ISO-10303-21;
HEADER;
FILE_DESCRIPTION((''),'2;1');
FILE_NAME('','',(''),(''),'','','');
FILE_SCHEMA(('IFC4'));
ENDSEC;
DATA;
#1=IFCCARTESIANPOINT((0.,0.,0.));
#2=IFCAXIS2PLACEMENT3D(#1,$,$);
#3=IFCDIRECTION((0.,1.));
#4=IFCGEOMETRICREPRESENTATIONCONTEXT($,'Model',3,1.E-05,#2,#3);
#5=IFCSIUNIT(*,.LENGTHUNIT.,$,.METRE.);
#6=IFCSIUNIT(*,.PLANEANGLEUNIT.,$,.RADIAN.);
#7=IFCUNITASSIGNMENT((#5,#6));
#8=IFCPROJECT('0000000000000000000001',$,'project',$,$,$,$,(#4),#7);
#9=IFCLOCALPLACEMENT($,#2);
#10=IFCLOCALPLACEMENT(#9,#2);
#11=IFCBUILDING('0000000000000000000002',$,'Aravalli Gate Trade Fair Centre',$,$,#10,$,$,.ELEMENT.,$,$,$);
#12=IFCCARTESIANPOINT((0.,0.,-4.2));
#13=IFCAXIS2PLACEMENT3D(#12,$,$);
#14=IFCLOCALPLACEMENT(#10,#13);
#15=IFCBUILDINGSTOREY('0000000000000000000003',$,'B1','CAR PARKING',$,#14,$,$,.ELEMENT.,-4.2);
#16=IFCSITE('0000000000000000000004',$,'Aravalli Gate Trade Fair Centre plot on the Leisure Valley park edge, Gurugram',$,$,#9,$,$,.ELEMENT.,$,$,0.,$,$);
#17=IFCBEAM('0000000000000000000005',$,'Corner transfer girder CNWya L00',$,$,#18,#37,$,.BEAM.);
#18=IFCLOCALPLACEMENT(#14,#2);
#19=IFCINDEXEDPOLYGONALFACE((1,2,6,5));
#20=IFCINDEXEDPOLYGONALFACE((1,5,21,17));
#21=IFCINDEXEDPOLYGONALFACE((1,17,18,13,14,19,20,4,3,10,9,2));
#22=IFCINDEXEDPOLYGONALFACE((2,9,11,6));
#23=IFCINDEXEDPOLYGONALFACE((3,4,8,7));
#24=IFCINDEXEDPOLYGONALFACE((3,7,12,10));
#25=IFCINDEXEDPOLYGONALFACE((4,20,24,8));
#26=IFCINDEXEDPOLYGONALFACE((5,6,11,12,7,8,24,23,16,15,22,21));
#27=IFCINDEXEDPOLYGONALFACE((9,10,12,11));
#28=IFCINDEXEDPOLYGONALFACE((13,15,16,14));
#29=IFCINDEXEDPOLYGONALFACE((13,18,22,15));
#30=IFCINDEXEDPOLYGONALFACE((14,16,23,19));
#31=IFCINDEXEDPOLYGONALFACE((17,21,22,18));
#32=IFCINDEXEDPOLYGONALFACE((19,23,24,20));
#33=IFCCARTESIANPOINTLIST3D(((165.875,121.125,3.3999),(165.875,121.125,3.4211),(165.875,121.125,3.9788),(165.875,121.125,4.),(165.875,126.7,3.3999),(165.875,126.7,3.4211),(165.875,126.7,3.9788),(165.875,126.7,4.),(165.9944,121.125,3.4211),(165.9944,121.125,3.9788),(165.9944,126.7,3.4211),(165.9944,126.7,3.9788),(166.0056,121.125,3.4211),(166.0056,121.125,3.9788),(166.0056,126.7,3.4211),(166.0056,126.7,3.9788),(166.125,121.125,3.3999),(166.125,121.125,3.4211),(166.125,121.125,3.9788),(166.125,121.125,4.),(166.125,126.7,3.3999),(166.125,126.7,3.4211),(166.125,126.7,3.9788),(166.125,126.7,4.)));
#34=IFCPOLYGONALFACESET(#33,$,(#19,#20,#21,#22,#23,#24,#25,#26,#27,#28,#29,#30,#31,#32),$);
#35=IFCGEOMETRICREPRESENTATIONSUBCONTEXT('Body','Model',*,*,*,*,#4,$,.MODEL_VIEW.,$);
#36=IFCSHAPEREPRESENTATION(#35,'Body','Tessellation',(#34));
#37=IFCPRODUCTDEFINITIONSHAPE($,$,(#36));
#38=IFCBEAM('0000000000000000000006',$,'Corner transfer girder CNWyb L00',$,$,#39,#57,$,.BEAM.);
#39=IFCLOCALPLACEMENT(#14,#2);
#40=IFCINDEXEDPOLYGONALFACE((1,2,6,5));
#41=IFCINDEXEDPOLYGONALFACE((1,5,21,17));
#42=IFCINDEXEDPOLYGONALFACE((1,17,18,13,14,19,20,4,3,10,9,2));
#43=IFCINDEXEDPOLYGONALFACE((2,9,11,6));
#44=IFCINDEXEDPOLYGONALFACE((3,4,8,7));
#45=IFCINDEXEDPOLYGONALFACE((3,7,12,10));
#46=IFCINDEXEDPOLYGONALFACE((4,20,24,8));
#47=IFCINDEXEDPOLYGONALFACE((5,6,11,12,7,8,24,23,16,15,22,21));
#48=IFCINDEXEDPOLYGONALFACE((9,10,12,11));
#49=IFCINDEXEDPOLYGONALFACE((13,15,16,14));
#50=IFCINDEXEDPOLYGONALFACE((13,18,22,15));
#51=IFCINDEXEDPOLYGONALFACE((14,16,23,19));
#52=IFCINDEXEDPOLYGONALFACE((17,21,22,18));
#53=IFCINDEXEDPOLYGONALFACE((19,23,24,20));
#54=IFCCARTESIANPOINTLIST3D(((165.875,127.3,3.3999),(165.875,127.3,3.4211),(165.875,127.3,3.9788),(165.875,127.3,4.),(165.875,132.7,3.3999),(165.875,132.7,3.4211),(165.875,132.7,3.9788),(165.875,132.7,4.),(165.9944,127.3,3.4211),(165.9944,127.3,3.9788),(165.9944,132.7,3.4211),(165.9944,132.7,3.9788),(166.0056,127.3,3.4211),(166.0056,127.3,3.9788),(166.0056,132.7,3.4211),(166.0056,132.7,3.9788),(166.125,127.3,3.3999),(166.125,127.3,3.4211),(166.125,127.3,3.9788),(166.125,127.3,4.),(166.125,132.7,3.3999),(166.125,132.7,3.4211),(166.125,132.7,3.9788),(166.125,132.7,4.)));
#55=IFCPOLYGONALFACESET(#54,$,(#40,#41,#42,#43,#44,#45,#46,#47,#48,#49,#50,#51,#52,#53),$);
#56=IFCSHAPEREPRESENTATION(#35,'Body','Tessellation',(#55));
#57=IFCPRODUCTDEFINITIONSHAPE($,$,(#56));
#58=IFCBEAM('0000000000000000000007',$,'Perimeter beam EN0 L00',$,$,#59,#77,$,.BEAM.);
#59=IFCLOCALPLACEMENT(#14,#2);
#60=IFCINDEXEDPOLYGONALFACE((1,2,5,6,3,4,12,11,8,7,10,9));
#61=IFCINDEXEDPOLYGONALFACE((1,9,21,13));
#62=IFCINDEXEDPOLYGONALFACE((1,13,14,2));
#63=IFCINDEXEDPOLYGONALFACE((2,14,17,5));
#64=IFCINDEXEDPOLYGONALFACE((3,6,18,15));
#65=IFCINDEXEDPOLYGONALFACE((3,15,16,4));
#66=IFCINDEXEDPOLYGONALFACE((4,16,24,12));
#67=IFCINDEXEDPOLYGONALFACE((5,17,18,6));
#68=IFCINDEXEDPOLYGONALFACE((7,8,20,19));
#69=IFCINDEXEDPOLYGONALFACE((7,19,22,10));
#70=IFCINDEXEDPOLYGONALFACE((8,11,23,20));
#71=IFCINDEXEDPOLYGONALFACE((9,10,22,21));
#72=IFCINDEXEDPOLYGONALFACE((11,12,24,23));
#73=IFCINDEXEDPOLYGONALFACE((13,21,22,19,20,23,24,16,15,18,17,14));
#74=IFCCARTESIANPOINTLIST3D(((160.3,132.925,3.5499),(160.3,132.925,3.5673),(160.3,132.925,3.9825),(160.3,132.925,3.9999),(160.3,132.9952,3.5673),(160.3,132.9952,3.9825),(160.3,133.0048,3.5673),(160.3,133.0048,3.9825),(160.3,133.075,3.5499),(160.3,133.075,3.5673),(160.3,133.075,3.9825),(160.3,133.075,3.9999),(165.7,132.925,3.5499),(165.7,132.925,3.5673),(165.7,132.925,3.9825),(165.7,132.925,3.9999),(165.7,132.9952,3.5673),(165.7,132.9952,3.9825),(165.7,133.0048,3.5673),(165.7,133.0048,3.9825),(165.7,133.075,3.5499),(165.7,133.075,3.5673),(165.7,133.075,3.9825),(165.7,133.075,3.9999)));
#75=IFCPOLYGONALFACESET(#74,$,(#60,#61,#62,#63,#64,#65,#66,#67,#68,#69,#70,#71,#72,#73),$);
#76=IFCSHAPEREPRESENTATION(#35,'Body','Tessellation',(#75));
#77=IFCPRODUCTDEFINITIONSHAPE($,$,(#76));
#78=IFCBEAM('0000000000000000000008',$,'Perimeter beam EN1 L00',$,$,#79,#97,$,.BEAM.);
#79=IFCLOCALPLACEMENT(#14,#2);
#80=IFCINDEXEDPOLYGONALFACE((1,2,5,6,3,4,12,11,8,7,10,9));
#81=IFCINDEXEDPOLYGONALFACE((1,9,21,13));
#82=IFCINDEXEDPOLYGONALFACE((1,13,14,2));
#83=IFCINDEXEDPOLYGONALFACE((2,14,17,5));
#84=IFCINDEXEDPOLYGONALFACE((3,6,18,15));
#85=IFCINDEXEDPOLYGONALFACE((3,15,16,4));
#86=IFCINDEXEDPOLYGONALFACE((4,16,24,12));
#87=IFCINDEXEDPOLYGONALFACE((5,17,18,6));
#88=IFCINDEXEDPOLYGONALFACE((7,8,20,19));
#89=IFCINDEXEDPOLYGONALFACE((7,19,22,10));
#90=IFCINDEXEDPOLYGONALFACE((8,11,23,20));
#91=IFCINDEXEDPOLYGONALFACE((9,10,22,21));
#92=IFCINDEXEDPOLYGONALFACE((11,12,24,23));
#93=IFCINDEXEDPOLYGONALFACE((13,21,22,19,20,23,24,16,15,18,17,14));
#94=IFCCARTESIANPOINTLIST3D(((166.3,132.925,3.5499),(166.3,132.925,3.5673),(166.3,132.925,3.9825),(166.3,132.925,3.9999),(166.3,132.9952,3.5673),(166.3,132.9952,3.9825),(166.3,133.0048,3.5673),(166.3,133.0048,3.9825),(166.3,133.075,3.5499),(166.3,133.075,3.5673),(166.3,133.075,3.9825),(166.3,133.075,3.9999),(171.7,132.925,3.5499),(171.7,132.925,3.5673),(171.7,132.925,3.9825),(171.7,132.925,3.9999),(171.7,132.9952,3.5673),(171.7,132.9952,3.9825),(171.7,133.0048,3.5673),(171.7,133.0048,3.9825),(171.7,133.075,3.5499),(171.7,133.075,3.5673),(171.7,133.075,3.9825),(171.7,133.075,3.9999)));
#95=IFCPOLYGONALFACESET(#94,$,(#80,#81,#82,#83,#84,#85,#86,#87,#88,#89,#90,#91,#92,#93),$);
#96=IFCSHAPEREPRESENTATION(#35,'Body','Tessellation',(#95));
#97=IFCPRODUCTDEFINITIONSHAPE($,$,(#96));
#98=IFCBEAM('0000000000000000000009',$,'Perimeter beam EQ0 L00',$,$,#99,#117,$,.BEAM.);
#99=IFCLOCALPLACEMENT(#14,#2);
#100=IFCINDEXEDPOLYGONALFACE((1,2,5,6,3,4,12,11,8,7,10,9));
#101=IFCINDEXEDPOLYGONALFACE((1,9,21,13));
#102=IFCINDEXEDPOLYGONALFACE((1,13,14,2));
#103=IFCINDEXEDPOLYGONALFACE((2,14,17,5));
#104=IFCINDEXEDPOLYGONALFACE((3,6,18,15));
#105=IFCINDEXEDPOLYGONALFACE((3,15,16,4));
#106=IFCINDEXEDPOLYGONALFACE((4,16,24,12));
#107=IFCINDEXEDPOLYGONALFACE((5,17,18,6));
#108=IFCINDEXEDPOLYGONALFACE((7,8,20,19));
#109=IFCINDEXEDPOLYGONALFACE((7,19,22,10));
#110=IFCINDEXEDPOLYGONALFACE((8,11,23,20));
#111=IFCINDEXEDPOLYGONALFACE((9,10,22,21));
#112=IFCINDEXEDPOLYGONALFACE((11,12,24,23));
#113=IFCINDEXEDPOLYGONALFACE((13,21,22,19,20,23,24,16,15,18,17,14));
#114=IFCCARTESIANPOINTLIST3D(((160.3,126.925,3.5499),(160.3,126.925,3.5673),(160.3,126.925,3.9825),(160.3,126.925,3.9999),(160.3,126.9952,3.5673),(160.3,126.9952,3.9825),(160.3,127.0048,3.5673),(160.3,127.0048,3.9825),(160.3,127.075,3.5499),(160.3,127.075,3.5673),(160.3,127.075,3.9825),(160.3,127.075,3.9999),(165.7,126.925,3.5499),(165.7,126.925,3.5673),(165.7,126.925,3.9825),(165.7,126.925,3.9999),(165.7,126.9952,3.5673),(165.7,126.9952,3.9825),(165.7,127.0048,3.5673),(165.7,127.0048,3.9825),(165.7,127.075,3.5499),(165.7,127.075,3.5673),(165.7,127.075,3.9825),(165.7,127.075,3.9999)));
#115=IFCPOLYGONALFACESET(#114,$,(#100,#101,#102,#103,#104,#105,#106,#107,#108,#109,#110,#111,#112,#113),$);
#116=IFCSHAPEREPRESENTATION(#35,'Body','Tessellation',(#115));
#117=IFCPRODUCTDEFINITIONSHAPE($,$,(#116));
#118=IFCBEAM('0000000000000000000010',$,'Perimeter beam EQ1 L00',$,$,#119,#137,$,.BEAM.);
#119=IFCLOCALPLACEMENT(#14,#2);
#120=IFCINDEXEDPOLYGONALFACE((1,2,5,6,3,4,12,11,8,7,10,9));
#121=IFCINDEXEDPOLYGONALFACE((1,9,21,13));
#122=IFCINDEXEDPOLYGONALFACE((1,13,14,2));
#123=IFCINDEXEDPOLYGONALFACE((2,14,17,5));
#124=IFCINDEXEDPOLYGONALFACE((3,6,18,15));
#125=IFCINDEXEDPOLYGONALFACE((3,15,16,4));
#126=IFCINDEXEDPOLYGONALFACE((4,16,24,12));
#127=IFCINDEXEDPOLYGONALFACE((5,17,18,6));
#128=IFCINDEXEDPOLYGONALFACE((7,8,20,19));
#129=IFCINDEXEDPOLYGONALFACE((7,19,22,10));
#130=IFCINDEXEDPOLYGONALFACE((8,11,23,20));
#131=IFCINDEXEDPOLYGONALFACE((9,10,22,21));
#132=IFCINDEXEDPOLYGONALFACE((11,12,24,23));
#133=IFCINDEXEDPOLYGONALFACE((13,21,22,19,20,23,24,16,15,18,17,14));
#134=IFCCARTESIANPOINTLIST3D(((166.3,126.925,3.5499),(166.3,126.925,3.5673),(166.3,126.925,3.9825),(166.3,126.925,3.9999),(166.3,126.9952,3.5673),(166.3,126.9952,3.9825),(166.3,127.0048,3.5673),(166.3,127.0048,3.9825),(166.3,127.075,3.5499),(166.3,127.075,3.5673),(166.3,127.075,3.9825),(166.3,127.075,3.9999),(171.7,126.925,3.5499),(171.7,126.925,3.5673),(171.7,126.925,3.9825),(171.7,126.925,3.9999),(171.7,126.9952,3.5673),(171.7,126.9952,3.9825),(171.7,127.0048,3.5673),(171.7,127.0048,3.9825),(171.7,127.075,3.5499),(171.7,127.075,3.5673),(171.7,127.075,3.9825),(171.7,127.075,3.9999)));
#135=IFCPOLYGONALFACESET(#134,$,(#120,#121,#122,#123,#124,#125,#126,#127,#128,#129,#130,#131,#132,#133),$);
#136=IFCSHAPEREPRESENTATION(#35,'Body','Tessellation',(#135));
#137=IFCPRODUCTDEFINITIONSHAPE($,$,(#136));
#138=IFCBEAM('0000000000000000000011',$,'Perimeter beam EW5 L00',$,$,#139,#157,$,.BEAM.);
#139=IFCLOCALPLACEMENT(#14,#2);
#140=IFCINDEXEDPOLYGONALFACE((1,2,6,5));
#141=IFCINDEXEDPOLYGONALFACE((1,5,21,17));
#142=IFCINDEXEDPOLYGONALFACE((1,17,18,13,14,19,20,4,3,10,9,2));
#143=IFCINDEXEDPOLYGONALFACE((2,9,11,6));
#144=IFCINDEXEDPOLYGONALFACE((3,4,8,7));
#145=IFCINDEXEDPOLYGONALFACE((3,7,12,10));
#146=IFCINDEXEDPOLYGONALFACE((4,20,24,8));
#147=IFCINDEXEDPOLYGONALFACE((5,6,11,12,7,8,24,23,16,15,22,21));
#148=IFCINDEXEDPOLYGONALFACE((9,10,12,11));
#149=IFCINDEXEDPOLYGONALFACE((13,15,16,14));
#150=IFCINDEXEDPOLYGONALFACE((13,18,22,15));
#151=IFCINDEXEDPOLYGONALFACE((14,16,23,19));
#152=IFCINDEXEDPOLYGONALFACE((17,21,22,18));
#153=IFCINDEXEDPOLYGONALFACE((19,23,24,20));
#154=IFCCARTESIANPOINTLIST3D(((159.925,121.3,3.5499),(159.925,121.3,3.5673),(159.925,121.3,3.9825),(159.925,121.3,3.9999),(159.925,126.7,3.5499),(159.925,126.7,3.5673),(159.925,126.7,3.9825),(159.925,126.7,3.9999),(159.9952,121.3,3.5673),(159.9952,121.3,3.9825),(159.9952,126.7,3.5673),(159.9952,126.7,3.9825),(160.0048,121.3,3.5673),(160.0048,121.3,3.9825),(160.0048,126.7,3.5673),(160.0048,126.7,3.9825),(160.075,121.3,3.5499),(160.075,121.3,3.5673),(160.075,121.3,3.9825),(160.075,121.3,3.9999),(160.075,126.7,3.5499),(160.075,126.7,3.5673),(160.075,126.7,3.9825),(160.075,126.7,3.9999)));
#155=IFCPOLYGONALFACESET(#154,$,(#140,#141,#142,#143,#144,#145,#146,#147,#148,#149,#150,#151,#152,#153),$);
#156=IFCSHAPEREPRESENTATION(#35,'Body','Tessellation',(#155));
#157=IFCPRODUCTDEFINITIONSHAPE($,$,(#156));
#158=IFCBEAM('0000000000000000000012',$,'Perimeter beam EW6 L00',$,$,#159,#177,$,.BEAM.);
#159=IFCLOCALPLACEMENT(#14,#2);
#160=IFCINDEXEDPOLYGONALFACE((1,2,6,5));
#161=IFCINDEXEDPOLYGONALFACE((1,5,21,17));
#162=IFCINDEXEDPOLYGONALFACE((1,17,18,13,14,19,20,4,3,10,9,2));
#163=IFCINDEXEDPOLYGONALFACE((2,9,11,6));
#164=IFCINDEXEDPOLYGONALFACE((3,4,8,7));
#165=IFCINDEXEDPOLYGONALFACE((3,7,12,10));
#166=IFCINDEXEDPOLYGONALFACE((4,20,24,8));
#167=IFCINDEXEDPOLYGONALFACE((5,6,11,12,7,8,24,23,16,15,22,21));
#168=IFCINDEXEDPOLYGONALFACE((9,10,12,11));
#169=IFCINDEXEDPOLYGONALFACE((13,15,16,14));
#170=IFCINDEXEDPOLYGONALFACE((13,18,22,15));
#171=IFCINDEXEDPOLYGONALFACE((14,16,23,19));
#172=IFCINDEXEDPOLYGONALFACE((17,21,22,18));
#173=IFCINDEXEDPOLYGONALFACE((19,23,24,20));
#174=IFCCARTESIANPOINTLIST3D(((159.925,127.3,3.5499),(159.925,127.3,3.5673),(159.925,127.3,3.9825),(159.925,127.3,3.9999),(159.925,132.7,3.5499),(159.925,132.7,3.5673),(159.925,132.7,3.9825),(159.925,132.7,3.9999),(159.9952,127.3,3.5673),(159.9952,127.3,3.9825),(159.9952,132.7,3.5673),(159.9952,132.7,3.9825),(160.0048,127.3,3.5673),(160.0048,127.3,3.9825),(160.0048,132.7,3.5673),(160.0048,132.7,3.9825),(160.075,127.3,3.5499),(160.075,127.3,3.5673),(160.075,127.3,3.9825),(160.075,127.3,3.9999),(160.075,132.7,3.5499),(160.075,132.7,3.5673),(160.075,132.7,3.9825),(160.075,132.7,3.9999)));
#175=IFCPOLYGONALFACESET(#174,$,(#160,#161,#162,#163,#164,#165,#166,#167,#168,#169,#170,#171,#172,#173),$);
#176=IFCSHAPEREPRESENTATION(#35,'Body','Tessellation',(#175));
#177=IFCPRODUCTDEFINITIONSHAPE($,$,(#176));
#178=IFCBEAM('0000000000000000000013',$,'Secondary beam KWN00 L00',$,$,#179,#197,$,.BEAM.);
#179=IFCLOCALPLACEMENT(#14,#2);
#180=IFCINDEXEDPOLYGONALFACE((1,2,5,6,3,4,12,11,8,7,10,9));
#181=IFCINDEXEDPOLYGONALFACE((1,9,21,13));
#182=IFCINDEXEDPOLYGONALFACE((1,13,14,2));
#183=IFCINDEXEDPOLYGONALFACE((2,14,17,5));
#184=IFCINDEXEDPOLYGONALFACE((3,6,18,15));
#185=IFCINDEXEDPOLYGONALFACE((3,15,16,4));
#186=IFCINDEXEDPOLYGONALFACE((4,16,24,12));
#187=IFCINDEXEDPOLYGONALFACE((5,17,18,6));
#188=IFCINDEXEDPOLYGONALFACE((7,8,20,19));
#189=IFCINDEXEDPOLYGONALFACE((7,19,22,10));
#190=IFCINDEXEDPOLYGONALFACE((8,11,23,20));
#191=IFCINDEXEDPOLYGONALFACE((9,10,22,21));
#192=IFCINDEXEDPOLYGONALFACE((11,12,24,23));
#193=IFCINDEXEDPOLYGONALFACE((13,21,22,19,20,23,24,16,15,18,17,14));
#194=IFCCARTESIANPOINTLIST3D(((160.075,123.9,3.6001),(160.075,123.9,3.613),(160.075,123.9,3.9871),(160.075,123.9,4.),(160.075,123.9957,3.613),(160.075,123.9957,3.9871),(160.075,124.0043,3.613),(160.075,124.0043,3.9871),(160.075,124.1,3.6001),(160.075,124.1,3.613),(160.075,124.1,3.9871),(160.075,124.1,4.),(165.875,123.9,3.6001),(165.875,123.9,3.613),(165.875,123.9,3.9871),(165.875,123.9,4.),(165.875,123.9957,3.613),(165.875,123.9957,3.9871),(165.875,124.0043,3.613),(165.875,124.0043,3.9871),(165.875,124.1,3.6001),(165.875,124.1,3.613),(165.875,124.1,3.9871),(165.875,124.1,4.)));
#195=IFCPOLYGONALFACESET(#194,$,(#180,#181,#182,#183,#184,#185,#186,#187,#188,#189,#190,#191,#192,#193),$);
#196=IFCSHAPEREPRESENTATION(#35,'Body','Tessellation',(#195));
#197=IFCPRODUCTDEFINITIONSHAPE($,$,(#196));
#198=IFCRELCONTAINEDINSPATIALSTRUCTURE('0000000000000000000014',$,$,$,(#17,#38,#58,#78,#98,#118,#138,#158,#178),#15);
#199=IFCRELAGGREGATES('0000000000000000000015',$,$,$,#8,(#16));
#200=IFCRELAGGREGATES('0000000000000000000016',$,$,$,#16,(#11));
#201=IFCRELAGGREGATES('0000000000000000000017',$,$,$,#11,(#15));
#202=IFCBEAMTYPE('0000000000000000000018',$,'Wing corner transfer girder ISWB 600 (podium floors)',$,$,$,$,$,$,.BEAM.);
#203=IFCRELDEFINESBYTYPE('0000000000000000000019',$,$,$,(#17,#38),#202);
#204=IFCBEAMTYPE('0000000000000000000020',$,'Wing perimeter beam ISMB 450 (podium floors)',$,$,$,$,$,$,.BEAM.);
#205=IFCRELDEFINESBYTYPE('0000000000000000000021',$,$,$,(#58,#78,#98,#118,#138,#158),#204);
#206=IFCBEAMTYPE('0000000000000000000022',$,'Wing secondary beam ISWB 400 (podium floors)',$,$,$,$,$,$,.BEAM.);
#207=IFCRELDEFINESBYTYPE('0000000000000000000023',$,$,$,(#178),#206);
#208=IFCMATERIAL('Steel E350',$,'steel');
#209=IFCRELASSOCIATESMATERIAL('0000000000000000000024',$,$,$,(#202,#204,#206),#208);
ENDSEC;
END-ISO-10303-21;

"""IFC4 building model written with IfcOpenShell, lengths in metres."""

from ifc_helpers import new_model, si_unit, direction, frame, origin, origin_2d, place, context, subcontext, project, spatial, i_section, extrude, material, material_profile, profile_set, type_object, element, save


model = new_model("IFC4")

# Units and contexts
model_context = context("Model", 3, precision=1e-05, world=origin(), true_north=direction((0.0, 1.0)))
body_context = subcontext(model_context, "Body", "Model", "MODEL_VIEW")
ifc_project = project(units=[si_unit("LENGTHUNIT", "METRE"), si_unit("PLANEANGLEUNIT", "RADIAN")], contexts=[model_context])

# Site, building, storey
site_placement = place(None, origin())
site = spatial("IfcSite", under=ifc_project, at=site_placement, Name="Aravalli Gate Trade Fair Centre plot on the Leisure Valley park edge, Gurugram", CompositionType="ELEMENT", RefElevation=0.0)
building_placement = place(site_placement, origin())
building = spatial("IfcBuilding", under=site, at=building_placement, Name="Aravalli Gate Trade Fair Centre", CompositionType="ELEMENT")
storey_placement = place(building_placement, frame((0.0, 0.0, -4.2)))
storey = spatial("IfcBuildingStorey", under=building, at=storey_placement, Name="B1", Description="CAR PARKING", CompositionType="ELEMENT", Elevation=-4.2)

# Shared definitions
ifc_material_1 = material(Name="Steel E350", Category="steel")

# Beams
ifc_material_profile_1 = material_profile(ifc_material_1, i_section(OverallWidth=0.25, OverallDepth=0.6001, WebThickness=0.0112, FlangeThickness=0.0212, at=origin_2d()), Name="ISWB 600")
ifc_profile_set_1 = profile_set([ifc_material_profile_1], Name="Steel E350")
beam_type_1 = type_object("IfcBeamType", Name="Wing corner transfer girder ISWB 600 (podium floors)", PredefinedType="BEAM", material=ifc_profile_set_1)
beam_1_placement = place(storey_placement, frame((166.0, 121.125, 3.7), z_axis=(0.0, 1.0, 0.0), x_axis=(-1.0, 0.0, 0.0)))
element("IfcBeam", 1, at=beam_1_placement, inside=storey, type_object=beam_type_1, Name="Corner transfer girder CNWya L00", PredefinedType="BEAM", context=body_context, shape_type="SweptSolid", body=[
    extrude(i_section(OverallWidth=0.25, OverallDepth=0.6001, WebThickness=0.0112, FlangeThickness=0.0212, at=origin_2d()), origin(), (0.0, 0.0, 1.0), 5.575),
])
beam_2_placement = place(storey_placement, frame((166.0, 127.3, 3.7), z_axis=(0.0, 1.0, 0.0), x_axis=(-1.0, 0.0, 0.0)))
element("IfcBeam", 2, at=beam_2_placement, inside=storey, type_object=beam_type_1, Name="Corner transfer girder CNWyb L00", PredefinedType="BEAM", context=body_context, shape_type="SweptSolid", body=[
    extrude(i_section(OverallWidth=0.25, OverallDepth=0.6001, WebThickness=0.0112, FlangeThickness=0.0212, at=origin_2d()), origin(), (0.0, 0.0, 1.0), 5.3999),
])
ifc_material_profile_2 = material_profile(ifc_material_1, i_section(OverallWidth=0.1499, OverallDepth=0.45, WebThickness=0.0095, FlangeThickness=0.0173, at=origin_2d()), Name="ISMB 450")
ifc_profile_set_2 = profile_set([ifc_material_profile_2], Name="Steel E350")
beam_type_2 = type_object("IfcBeamType", Name="Wing perimeter beam ISMB 450 (podium floors)", PredefinedType="BEAM", material=ifc_profile_set_2)
for number, where, z_axis, x_axis, name in (
    (3, (160.3, 133.0, 3.7749), (1.0, 0.0, 0.0), (0.0, 1.0, 0.0), "Perimeter beam EN0 L00"),
    (4, (166.3, 133.0, 3.7749), (1.0, 0.0, 0.0), (0.0, 1.0, 0.0), "Perimeter beam EN1 L00"),
    (5, (160.3, 127.0, 3.7749), (1.0, 0.0, 0.0), (0.0, 1.0, 0.0), "Perimeter beam EQ0 L00"),
    (6, (166.3, 127.0, 3.7749), (1.0, 0.0, 0.0), (0.0, 1.0, 0.0), "Perimeter beam EQ1 L00"),
    (7, (160.0, 121.3, 3.7749), (0.0, 1.0, 0.0), (-1.0, 0.0, 0.0), "Perimeter beam EW5 L00"),
    (8, (160.0, 127.3, 3.7749), (0.0, 1.0, 0.0), (-1.0, 0.0, 0.0), "Perimeter beam EW6 L00"),
):
    element("IfcBeam", number, at=place(storey_placement, frame(where, z_axis=z_axis, x_axis=x_axis)), inside=storey, type_object=beam_type_2, Name=name, PredefinedType="BEAM", context=body_context, shape_type="SweptSolid", body=[
        extrude(i_section(OverallWidth=0.1499, OverallDepth=0.45, WebThickness=0.0095, FlangeThickness=0.0173, at=origin_2d()), origin(), (0.0, 0.0, 1.0), 5.3999),
    ])
ifc_material_profile_3 = material_profile(ifc_material_1, i_section(OverallWidth=0.2, OverallDepth=0.3999, WebThickness=0.0085, FlangeThickness=0.0129, at=origin_2d()), Name="ISWB 400")
ifc_profile_set_3 = profile_set([ifc_material_profile_3], Name="Steel E350")
beam_type_3 = type_object("IfcBeamType", Name="Wing secondary beam ISWB 400 (podium floors)", PredefinedType="BEAM", material=ifc_profile_set_3)
beam_3_placement = place(storey_placement, frame((160.075, 124.0, 3.8), z_axis=(1.0, 0.0, 0.0), x_axis=(0.0, 1.0, 0.0)))
element("IfcBeam", 9, at=beam_3_placement, inside=storey, type_object=beam_type_3, Name="Secondary beam KWN00 L00", PredefinedType="BEAM", context=body_context, shape_type="SweptSolid", body=[
    extrude(i_section(OverallWidth=0.2, OverallDepth=0.3999, WebThickness=0.0085, FlangeThickness=0.0129, at=origin_2d()), origin(), (0.0, 0.0, 1.0), 5.8),
])

save(model, "model.ifc")
